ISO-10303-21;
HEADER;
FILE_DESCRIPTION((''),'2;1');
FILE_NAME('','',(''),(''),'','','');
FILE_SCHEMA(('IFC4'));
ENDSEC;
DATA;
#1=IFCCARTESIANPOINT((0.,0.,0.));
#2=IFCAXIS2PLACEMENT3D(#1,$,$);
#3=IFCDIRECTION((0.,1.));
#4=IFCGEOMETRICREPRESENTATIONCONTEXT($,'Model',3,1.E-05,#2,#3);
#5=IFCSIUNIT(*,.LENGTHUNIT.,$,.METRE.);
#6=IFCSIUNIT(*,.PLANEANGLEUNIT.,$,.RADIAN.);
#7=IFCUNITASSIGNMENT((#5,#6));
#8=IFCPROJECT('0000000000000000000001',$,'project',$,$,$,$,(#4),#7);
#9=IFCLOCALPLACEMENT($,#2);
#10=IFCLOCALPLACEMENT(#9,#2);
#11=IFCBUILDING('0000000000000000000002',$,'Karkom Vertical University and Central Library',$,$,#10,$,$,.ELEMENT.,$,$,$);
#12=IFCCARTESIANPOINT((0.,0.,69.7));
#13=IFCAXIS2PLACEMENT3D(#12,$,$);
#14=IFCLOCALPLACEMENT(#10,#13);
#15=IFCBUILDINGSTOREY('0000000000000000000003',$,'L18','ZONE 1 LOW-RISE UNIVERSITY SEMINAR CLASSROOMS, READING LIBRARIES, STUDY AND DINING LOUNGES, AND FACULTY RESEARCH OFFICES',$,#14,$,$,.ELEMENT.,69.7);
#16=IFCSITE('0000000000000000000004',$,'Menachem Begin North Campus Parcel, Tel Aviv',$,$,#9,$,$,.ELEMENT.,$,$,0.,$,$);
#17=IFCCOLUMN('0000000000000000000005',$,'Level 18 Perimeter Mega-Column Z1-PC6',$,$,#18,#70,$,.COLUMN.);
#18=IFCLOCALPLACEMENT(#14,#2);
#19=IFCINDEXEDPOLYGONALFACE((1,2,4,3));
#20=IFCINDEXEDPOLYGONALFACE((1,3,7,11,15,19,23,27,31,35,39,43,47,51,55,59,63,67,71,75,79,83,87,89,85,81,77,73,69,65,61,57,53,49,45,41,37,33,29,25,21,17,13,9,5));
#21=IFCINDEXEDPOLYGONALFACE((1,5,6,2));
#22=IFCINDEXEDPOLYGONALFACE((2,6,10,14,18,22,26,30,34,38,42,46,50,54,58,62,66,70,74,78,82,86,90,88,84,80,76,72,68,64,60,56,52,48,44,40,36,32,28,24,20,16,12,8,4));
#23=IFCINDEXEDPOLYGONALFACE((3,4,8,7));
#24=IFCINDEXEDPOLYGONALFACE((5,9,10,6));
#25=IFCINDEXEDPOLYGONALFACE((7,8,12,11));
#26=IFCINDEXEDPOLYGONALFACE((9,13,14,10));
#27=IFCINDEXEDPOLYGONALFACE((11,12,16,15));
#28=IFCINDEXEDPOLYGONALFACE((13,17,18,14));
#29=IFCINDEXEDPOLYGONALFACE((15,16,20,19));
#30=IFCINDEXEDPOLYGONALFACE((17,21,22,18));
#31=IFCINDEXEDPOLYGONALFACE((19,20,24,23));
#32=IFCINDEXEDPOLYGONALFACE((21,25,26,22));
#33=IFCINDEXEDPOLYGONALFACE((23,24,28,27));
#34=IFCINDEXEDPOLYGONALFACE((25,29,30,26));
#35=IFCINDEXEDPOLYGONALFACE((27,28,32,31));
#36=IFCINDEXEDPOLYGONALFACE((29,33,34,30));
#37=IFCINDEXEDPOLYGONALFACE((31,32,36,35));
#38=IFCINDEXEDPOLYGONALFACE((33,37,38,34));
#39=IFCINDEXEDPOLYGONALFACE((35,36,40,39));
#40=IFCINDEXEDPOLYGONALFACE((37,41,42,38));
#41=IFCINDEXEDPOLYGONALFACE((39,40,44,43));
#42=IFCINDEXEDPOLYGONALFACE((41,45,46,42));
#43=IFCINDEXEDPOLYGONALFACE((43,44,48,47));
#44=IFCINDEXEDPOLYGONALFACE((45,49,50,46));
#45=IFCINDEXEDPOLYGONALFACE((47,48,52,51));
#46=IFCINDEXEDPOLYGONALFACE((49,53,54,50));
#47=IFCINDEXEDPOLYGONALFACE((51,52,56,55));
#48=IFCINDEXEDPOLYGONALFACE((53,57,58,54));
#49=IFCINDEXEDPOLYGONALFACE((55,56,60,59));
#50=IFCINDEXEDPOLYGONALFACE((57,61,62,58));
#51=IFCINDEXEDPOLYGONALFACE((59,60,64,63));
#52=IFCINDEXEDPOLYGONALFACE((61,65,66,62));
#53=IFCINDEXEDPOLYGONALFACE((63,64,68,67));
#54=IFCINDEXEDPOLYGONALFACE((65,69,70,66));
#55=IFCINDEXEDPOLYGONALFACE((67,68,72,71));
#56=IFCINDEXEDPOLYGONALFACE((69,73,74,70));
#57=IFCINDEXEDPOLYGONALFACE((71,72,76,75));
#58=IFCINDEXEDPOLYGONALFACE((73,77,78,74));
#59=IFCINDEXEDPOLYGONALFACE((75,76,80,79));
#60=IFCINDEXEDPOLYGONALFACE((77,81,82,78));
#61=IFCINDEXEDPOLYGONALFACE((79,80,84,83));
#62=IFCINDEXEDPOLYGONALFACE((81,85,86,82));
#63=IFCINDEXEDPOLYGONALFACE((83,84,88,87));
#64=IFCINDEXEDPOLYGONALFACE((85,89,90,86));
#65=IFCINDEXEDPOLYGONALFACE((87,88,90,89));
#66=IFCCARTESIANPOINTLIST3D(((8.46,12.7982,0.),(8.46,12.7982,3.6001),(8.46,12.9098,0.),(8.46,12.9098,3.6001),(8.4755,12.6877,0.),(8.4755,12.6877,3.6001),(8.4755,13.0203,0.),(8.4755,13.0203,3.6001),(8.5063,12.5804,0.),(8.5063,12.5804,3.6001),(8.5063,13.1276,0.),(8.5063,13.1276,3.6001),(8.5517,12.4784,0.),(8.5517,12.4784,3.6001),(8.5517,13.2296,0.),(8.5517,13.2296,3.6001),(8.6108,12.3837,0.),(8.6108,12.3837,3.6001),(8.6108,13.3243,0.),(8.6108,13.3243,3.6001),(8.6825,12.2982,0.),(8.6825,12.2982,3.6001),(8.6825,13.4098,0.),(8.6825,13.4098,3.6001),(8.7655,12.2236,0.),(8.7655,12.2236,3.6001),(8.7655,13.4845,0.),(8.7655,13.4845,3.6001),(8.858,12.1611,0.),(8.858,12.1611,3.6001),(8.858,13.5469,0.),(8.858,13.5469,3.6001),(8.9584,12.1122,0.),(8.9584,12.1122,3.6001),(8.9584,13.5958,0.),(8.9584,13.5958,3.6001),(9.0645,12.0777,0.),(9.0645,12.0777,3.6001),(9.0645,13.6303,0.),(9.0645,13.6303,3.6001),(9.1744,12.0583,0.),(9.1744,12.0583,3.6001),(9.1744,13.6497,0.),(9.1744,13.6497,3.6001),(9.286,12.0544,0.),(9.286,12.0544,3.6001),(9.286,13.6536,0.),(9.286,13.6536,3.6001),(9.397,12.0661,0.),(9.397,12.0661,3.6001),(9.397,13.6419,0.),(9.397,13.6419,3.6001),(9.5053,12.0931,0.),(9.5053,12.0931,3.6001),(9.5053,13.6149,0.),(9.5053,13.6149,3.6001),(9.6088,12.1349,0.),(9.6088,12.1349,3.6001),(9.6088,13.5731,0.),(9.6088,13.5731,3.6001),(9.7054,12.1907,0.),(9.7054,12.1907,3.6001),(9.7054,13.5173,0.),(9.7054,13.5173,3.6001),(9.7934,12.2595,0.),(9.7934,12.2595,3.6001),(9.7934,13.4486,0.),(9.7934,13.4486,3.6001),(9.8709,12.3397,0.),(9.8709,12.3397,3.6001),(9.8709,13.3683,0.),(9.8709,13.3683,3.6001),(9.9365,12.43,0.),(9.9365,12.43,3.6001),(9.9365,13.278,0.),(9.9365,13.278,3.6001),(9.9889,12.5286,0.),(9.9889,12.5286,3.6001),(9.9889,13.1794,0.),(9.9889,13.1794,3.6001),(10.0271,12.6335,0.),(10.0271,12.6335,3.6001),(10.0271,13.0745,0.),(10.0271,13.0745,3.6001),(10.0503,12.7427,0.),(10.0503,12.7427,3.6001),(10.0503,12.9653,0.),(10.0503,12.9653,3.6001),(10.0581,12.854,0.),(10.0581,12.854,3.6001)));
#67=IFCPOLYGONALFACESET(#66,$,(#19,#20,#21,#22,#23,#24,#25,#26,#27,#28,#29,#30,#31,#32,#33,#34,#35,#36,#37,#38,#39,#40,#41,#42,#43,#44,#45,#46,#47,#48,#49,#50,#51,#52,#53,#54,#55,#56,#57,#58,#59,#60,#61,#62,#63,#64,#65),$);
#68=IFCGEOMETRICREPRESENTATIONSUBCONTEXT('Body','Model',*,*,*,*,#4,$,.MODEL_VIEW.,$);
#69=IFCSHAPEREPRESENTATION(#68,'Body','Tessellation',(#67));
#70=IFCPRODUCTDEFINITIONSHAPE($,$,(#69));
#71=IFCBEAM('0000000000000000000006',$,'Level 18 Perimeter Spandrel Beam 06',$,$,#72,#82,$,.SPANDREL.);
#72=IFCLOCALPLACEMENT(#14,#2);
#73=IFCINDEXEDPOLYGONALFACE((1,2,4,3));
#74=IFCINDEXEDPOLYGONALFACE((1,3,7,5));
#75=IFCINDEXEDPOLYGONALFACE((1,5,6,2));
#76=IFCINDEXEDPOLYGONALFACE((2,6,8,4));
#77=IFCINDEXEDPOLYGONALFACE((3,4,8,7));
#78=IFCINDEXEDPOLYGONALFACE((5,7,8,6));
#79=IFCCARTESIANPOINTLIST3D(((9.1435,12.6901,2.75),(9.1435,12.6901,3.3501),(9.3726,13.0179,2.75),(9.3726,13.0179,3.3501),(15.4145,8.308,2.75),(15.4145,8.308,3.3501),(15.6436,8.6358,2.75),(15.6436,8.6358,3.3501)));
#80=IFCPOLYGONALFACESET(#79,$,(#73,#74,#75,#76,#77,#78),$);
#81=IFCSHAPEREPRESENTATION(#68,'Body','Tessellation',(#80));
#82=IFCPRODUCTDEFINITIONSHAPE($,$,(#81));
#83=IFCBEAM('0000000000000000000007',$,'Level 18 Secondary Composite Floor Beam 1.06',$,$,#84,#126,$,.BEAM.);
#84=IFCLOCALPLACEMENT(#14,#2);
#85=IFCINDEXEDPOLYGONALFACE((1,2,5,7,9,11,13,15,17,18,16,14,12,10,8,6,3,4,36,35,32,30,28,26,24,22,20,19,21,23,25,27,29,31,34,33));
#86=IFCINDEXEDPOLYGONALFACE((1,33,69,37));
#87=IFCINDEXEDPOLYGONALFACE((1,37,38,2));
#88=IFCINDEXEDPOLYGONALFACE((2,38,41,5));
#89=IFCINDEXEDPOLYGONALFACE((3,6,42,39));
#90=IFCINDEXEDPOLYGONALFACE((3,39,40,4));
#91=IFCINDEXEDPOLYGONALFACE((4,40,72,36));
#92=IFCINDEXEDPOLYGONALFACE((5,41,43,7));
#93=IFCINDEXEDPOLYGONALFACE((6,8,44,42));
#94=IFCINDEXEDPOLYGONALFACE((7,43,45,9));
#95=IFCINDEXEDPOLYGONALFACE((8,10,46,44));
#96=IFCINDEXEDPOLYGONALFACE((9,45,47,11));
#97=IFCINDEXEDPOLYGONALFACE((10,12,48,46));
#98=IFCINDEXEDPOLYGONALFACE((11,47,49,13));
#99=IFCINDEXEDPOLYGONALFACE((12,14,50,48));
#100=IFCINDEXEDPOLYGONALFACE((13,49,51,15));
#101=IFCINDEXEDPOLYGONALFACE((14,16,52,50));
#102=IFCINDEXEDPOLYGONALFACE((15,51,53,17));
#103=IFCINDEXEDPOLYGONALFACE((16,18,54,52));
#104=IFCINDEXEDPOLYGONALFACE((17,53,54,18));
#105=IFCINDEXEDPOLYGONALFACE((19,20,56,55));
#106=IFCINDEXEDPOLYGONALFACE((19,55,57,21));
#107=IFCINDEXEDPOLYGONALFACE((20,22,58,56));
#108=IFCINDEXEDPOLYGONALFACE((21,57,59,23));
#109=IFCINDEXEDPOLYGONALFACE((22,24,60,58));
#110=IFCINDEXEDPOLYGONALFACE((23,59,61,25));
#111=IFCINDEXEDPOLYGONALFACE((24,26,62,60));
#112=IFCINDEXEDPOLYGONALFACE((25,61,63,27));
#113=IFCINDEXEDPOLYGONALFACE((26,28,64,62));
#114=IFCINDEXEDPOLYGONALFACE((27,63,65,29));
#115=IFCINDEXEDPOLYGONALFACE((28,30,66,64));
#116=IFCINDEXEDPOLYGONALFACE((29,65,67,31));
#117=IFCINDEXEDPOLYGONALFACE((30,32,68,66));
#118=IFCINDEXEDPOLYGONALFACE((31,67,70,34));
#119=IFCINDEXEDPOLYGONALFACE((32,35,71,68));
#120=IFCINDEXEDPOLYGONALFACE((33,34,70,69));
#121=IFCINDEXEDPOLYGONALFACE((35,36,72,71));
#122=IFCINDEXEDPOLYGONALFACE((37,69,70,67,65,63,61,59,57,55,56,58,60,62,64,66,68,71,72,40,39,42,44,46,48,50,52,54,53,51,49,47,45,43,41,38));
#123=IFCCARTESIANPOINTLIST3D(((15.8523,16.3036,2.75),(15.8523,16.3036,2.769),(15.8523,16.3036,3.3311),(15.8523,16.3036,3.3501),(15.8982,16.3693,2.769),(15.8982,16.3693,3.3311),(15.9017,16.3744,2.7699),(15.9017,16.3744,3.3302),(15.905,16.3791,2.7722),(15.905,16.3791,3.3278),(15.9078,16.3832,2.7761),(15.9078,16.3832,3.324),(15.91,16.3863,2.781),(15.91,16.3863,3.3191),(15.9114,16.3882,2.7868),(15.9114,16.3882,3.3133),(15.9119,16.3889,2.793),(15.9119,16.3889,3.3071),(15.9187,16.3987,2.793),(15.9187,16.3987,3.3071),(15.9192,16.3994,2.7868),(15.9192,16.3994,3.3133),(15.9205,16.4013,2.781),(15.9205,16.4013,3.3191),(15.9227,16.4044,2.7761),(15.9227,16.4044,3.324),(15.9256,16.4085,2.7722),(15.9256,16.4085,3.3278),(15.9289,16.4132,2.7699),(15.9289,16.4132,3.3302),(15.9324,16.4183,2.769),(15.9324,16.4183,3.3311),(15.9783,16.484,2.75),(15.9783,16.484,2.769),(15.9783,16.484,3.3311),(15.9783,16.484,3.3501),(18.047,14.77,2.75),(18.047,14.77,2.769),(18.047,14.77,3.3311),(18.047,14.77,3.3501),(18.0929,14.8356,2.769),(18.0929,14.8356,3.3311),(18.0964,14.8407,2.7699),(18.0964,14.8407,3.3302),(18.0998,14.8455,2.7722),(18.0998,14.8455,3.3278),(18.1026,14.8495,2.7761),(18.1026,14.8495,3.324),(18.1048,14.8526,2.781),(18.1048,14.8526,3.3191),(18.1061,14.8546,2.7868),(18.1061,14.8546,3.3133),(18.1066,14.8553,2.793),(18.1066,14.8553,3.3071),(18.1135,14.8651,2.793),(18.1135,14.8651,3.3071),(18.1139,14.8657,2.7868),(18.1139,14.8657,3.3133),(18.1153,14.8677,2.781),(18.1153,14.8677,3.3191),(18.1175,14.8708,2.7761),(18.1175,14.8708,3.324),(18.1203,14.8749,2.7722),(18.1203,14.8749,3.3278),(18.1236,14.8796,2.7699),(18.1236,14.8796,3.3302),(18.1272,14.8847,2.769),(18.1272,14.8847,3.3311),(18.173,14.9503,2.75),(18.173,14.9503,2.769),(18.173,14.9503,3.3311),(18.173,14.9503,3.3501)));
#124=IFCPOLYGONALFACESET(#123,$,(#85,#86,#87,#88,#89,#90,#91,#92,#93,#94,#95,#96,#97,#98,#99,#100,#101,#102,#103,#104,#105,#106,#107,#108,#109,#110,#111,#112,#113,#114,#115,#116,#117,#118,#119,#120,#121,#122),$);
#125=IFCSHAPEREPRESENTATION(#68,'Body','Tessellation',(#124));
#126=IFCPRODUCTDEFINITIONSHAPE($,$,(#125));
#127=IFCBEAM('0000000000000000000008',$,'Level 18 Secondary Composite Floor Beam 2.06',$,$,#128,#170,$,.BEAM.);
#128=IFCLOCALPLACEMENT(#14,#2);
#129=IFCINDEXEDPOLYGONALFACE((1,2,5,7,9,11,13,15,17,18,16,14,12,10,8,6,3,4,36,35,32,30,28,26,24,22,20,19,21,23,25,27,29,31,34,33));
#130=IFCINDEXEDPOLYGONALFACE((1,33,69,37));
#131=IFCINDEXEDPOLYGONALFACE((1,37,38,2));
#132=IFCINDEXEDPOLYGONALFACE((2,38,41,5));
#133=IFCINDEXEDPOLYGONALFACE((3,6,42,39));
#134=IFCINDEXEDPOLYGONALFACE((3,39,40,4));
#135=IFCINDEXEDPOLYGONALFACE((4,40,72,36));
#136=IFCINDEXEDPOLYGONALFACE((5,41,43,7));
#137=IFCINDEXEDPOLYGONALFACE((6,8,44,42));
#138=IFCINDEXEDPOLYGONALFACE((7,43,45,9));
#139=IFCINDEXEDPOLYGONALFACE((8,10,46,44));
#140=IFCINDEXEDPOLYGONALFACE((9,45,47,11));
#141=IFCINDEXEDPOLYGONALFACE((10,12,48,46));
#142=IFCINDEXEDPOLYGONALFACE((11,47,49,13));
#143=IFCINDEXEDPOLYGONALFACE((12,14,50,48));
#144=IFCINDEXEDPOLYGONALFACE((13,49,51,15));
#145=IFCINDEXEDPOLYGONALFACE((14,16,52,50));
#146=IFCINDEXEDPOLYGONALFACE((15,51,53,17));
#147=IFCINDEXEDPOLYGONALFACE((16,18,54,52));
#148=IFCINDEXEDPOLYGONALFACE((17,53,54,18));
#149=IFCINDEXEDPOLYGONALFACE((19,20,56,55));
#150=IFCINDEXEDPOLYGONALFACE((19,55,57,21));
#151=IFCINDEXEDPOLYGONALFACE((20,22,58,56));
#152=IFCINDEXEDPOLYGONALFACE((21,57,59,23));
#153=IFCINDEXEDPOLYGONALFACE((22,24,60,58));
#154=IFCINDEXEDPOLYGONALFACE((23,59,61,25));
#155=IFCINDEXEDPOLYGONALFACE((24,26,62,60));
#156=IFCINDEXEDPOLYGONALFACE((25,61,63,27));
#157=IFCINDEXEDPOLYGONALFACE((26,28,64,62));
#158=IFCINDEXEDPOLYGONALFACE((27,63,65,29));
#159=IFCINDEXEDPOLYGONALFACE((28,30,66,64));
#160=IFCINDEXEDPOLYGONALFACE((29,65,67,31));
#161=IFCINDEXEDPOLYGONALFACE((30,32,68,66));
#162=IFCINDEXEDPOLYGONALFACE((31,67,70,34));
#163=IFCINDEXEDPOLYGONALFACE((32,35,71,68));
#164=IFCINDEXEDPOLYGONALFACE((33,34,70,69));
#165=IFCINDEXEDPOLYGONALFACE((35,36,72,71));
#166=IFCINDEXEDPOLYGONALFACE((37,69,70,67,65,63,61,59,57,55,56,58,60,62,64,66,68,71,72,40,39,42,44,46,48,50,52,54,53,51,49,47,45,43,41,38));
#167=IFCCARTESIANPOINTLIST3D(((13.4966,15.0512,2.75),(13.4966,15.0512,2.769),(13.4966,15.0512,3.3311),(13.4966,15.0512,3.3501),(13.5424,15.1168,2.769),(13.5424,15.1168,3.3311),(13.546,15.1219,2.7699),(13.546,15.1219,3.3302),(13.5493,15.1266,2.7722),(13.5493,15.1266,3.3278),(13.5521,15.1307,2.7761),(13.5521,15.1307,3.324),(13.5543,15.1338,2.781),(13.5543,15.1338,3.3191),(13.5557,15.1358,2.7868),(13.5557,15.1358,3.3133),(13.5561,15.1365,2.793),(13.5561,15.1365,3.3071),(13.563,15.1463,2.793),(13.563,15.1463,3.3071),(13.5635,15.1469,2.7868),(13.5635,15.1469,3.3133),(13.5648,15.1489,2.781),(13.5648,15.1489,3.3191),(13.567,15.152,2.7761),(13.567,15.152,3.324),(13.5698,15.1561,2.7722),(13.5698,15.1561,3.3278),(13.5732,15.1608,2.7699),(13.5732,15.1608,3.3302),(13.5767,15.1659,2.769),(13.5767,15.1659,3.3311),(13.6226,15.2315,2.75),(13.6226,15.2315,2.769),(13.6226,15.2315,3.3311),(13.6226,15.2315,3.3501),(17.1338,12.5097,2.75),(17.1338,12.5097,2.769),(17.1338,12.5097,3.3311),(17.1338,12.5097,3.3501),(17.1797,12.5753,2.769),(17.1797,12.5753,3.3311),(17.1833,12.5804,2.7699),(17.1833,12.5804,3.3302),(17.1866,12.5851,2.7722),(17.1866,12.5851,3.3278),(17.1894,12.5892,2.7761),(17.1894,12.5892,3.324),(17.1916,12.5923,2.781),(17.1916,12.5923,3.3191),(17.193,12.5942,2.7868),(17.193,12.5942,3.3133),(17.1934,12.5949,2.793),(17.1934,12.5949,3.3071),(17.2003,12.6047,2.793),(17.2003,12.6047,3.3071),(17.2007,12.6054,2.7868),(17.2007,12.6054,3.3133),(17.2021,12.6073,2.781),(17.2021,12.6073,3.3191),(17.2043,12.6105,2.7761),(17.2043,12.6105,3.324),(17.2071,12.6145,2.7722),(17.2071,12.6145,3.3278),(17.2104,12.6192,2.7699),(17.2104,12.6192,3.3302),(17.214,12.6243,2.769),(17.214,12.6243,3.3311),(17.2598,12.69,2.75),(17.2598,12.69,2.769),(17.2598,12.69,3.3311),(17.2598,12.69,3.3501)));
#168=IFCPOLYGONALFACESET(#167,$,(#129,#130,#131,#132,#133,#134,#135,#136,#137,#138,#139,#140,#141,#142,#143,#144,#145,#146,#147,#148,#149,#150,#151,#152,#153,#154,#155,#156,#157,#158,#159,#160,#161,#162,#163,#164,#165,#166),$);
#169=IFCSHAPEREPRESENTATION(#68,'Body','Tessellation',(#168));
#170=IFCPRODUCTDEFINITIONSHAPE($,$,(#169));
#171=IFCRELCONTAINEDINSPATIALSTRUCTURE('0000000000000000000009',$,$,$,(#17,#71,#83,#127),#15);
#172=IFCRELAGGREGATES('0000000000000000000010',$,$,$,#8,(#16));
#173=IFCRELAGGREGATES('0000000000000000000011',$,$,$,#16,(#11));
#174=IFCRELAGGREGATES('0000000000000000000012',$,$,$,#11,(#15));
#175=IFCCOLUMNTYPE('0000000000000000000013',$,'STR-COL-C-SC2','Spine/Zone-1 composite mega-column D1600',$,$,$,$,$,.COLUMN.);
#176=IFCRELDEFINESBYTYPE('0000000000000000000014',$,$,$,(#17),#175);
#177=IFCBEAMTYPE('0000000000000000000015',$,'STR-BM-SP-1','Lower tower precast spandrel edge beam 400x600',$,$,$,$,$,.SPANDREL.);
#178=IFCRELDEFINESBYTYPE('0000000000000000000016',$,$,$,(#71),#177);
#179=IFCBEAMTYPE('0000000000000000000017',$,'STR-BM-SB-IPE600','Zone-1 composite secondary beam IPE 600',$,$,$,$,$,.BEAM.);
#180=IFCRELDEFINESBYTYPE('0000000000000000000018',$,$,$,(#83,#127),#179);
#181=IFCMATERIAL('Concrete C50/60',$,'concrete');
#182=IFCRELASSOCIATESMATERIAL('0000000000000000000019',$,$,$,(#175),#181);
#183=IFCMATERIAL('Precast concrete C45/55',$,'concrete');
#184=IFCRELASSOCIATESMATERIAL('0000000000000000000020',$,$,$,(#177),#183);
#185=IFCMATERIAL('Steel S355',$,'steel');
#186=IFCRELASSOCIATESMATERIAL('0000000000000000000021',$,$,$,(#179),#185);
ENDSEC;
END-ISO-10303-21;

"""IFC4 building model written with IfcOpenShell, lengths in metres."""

from ifc_helpers import new_model, si_unit, direction, frame, origin, origin_with_axes, origin_2d, place, context, subcontext, project, spatial, rectangle, circle, i_section, extrude, source, transform, mapped, material, material_profile, profile_set, type_object, element, save


model = new_model("IFC4")

# Units and contexts
model_context = context("Model", 3, precision=1e-05, world=origin(), true_north=direction((0.0, 1.0)))
body_context = subcontext(model_context, "Body", "Model", "MODEL_VIEW")
ifc_project = project(units=[si_unit("LENGTHUNIT", "METRE"), si_unit("PLANEANGLEUNIT", "RADIAN")], contexts=[model_context])

# Site, building, storey
site_placement = place(None, origin())
site = spatial("IfcSite", under=ifc_project, at=site_placement, Name="Menachem Begin North Campus Parcel, Tel Aviv", CompositionType="ELEMENT", RefElevation=0.0)
building_placement = place(site_placement, origin())
building = spatial("IfcBuilding", under=site, at=building_placement, Name="Karkom Vertical University and Central Library", CompositionType="ELEMENT")
storey_placement = place(building_placement, frame((0.0, 0.0, 69.7)))
storey = spatial("IfcBuildingStorey", under=building, at=storey_placement, Name="L18", Description="ZONE 1 LOW-RISE UNIVERSITY SEMINAR CLASSROOMS, READING LIBRARIES, STUDY AND DINING LOUNGES, AND FACULTY RESEARCH OFFICES", CompositionType="ELEMENT", Elevation=69.7)

# Column
ifc_material_1 = material(Name="Concrete C50/60", Category="concrete")
ifc_material_profile_1 = material_profile(ifc_material_1, circle(Radius=0.8, at=origin_2d()), Name="CFT-D1600")
ifc_profile_set_1 = profile_set([ifc_material_profile_1], Name="Concrete C50/60")
column_type = type_object("IfcColumnType", Name="STR-COL-C-SC2", Description="Spine/Zone-1 composite mega-column D1600", PredefinedType="COLUMN", material=ifc_profile_set_1)
shared_shape_1 = source(origin_with_axes(), body_context, "Body", "SweptSolid", [
    extrude(circle(Radius=0.8, at=origin_2d()), origin(), (0.0, 0.0, 1.0), 3.6001),
])
column_placement = place(storey_placement, frame((9.2581, 12.854, 0.0), z_axis=(0.0, 0.0, 1.0), x_axis=(1.0, 0.0, 0.0)))
element("IfcColumn", 1, at=column_placement, inside=storey, type_object=column_type, Name="Level 18 Perimeter Mega-Column Z1-PC6", PredefinedType="COLUMN", context=body_context, shape_type="MappedRepresentation", body=[
    mapped(shared_shape_1, transform((0.0, 0.0, 0.0), scale=1.0)),
])

# Beams
ifc_material_2 = material(Name="Precast concrete C45/55", Category="concrete")
ifc_material_profile_2 = material_profile(ifc_material_2, rectangle(XDim=0.3999, YDim=0.6001, at=origin_2d()), Name="SPB-400x600")
ifc_profile_set_2 = profile_set([ifc_material_profile_2], Name="Precast concrete C45/55")
beam_type_1 = type_object("IfcBeamType", Name="STR-BM-SP-1", Description="Lower tower precast spandrel edge beam 400x600", PredefinedType="SPANDREL", material=ifc_profile_set_2)
shared_shape_2 = source(origin_with_axes(), body_context, "Body", "SweptSolid", [
    extrude(rectangle(XDim=0.3999, YDim=0.6001, at=origin_2d()), origin(), (0.0, 0.0, 1.0), 7.6504),
])
beam_1_placement = place(storey_placement, frame((9.2581, 12.854, 3.05), z_axis=(0.819699, -0.572794, 0.0), x_axis=(0.572794, 0.819699, 0.0)))
element("IfcBeam", 2, at=beam_1_placement, inside=storey, type_object=beam_type_1, Name="Level 18 Perimeter Spandrel Beam 06", PredefinedType="SPANDREL", context=body_context, shape_type="MappedRepresentation", body=[
    mapped(shared_shape_2, transform((0.0, 0.0, 0.0), scale=1.0)),
])
ifc_material_3 = material(Name="Steel S355", Category="steel")
ifc_material_profile_3 = material_profile(ifc_material_3, i_section(OverallWidth=0.22, OverallDepth=0.6001, WebThickness=0.012, FlangeThickness=0.019, FilletRadius=0.0239, at=origin_2d()), Name="IPE 600")
ifc_profile_set_3 = profile_set([ifc_material_profile_3], Name="Steel S355")
beam_type_2 = type_object("IfcBeamType", Name="STR-BM-SB-IPE600", Description="Zone-1 composite secondary beam IPE 600", PredefinedType="BEAM", material=ifc_profile_set_3)
shared_shape_3 = source(origin_with_axes(), body_context, "Body", "SweptSolid", [
    extrude(i_section(OverallWidth=0.22, OverallDepth=0.6001, WebThickness=0.012, FlangeThickness=0.019, FilletRadius=0.0239, at=origin_2d()), origin(), (0.0, 0.0, 1.0), 2.6775),
])
beam_2_placement = place(storey_placement, frame((15.9153, 16.3938, 3.05), z_axis=(0.819703, -0.572789, 0.0), x_axis=(0.572789, 0.819703, 0.0)))
element("IfcBeam", 3, at=beam_2_placement, inside=storey, type_object=beam_type_2, Name="Level 18 Secondary Composite Floor Beam 1.06", PredefinedType="BEAM", context=body_context, shape_type="MappedRepresentation", body=[
    mapped(shared_shape_3, transform((0.0, 0.0, 0.0), scale=1.0)),
])
shared_shape_4 = source(origin_with_axes(), body_context, "Body", "SweptSolid", [
    extrude(i_section(OverallWidth=0.22, OverallDepth=0.6001, WebThickness=0.012, FlangeThickness=0.019, FilletRadius=0.0239, at=origin_2d()), origin(), (0.0, 0.0, 1.0), 4.4373),
])
beam_3_placement = place(storey_placement, frame((13.5596, 15.1414, 3.05), z_axis=(0.819712, -0.572775, 0.0), x_axis=(0.572775, 0.819712, 0.0)))
element("IfcBeam", 4, at=beam_3_placement, inside=storey, type_object=beam_type_2, Name="Level 18 Secondary Composite Floor Beam 2.06", PredefinedType="BEAM", context=body_context, shape_type="MappedRepresentation", body=[
    mapped(shared_shape_4, transform((0.0, 0.0, 0.0), scale=1.0)),
])

save(model, "model.ifc")
